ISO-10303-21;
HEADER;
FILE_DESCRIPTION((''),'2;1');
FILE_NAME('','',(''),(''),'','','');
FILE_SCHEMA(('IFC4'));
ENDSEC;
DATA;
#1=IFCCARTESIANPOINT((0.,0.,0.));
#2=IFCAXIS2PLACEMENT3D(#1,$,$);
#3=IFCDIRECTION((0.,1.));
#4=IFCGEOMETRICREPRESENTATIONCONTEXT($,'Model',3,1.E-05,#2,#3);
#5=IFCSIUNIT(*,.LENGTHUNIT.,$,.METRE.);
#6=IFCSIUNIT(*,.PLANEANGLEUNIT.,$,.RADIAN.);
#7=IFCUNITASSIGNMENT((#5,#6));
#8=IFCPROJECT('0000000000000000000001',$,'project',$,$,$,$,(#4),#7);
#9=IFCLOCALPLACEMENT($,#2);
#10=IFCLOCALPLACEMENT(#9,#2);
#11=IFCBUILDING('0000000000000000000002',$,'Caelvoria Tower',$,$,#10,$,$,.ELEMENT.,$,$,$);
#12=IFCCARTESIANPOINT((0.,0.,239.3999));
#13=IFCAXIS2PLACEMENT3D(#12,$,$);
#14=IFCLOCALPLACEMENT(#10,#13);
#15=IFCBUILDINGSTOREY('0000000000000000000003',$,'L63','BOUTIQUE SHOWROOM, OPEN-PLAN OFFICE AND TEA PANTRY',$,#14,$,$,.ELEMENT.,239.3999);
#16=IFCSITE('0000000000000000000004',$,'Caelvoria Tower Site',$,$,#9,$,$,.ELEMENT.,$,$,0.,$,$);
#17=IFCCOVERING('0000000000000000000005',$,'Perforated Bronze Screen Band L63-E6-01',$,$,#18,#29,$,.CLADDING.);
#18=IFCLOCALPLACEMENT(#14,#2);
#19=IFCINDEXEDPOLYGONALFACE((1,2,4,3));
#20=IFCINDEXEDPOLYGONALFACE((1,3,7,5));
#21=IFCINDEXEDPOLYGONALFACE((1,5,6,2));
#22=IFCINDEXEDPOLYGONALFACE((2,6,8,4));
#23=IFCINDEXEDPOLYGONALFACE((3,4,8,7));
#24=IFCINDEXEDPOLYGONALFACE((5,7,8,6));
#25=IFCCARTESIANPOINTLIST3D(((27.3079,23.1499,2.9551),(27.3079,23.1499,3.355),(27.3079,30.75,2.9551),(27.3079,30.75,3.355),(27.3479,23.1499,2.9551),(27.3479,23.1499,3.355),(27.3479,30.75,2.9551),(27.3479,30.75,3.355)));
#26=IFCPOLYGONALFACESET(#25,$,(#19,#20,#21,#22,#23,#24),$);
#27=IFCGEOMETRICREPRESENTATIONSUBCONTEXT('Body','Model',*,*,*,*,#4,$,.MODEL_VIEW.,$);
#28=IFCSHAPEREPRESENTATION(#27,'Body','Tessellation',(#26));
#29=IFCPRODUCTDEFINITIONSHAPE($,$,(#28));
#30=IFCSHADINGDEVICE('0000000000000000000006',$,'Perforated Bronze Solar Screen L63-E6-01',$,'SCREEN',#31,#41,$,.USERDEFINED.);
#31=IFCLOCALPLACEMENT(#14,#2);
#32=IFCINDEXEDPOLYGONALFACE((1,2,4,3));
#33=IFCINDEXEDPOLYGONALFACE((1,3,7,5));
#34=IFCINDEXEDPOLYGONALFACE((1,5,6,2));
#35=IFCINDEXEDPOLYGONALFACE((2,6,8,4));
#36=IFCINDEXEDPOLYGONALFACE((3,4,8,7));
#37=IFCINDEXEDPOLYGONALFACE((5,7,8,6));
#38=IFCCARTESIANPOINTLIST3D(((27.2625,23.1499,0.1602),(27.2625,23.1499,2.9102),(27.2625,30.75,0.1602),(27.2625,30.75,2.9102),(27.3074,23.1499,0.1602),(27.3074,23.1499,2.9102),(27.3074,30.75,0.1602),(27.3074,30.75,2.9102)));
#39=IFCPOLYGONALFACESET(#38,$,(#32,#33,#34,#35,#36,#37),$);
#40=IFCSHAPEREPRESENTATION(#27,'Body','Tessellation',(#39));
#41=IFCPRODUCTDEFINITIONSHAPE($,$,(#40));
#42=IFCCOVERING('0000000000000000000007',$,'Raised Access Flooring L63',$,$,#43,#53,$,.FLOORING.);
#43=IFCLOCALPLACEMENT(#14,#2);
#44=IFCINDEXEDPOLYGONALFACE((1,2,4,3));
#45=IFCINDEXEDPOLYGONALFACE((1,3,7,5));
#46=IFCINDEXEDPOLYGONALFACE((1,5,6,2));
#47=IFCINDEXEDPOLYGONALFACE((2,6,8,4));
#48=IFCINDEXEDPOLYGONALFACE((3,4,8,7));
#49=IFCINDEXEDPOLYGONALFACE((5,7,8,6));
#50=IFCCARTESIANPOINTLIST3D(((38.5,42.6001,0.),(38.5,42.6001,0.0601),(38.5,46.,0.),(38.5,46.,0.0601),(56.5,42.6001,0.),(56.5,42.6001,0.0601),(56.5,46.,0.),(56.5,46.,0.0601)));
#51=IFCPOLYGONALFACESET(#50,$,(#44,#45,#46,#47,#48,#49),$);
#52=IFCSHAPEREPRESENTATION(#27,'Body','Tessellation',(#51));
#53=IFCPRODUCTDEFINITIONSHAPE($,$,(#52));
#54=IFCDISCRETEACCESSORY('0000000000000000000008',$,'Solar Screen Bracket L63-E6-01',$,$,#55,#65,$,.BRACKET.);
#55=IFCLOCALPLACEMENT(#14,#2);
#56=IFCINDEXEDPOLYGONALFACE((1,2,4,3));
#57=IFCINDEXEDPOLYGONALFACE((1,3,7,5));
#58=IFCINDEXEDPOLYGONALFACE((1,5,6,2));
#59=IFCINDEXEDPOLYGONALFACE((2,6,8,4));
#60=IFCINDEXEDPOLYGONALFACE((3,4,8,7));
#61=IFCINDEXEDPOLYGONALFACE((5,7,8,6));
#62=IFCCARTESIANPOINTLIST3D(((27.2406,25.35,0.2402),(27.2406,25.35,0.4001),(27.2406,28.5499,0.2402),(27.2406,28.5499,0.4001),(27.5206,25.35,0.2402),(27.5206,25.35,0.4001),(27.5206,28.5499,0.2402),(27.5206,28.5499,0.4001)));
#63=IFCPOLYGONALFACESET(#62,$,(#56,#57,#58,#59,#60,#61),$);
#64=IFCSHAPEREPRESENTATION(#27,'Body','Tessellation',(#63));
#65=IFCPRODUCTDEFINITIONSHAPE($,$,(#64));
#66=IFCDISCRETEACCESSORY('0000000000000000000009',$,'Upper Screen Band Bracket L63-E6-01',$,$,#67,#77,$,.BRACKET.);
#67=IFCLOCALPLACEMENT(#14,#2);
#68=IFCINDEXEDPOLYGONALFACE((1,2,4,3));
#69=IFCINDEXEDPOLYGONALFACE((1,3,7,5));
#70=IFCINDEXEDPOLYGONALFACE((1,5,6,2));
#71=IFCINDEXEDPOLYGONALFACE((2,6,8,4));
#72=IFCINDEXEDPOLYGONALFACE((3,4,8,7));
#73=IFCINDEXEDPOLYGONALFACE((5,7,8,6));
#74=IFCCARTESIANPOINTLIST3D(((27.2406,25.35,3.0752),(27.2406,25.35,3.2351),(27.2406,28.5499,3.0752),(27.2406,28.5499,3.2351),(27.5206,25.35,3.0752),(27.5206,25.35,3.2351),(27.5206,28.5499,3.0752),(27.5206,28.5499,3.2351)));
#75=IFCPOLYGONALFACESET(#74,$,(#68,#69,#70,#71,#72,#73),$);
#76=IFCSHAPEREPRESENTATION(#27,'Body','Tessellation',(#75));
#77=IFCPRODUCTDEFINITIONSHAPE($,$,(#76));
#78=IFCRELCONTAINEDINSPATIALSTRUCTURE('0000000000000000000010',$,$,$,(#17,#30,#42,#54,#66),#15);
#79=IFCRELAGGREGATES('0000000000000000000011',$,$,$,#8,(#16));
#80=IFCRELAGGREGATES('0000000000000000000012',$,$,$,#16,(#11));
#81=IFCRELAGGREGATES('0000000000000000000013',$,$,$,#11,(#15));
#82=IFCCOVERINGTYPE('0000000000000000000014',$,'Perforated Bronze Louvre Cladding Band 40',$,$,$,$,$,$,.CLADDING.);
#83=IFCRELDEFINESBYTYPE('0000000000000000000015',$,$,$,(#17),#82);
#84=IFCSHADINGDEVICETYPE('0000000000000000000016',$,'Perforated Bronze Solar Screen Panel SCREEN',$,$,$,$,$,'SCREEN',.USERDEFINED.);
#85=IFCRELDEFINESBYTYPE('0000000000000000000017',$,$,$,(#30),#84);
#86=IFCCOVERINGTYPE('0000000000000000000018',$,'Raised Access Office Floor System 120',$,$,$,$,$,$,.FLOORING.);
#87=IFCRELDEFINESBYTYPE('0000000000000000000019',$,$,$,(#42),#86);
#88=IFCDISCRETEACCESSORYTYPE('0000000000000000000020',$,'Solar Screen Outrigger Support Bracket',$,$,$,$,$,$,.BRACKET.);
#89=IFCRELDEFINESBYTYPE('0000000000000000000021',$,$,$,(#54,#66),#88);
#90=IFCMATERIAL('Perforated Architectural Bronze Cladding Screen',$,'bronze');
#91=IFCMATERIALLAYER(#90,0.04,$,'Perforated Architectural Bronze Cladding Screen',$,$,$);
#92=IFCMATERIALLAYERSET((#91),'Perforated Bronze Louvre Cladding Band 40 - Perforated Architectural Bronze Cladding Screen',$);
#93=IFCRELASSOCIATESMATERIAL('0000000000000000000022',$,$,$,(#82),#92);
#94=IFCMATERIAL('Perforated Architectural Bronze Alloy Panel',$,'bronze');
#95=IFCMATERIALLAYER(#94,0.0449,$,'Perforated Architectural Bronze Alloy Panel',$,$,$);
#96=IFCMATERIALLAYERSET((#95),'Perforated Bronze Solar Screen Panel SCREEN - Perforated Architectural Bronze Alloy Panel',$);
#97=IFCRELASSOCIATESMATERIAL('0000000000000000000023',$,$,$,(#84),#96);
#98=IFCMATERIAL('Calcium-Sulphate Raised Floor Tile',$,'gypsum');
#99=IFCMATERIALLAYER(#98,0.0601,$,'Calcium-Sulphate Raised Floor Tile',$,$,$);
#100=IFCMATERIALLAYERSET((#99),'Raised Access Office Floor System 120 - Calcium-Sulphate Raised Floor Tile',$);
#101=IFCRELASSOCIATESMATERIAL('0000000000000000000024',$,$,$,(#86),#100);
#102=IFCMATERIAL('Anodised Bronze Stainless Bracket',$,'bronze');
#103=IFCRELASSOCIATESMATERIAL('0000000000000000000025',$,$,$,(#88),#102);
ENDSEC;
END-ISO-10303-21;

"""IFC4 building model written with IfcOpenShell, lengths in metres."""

from ifc_helpers import new_model, si_unit, direction, frame, origin, origin_2d, place, context, subcontext, project, spatial, polyline, rectangle, outline, extrude, material, layer, layer_set, type_object, element, save


model = new_model("IFC4")

# Units and contexts
model_context = context("Model", 3, precision=1e-05, world=origin(), true_north=direction((0.0, 1.0)))
body_context = subcontext(model_context, "Body", "Model", "MODEL_VIEW")
ifc_project = project(units=[si_unit("LENGTHUNIT", "METRE"), si_unit("PLANEANGLEUNIT", "RADIAN")], contexts=[model_context])

# Site, building, storey
site_placement = place(None, origin())
site = spatial("IfcSite", under=ifc_project, at=site_placement, Name="Caelvoria Tower Site", CompositionType="ELEMENT", RefElevation=0.0)
building_placement = place(site_placement, origin())
building = spatial("IfcBuilding", under=site, at=building_placement, Name="Caelvoria Tower", CompositionType="ELEMENT")
storey_placement = place(building_placement, frame((0.0, 0.0, 239.3999)))
storey = spatial("IfcBuildingStorey", under=building, at=storey_placement, Name="L63", Description="BOUTIQUE SHOWROOM, OPEN-PLAN OFFICE AND TEA PANTRY", CompositionType="ELEMENT", Elevation=239.3999)

# Covering
ifc_material_1 = material(Name="Perforated Architectural Bronze Cladding Screen", Category="bronze")
ifc_layer_1 = layer(ifc_material_1, 0.04, Name="Perforated Architectural Bronze Cladding Screen")
ifc_layer_set_1 = layer_set([ifc_layer_1], Name="Perforated Bronze Louvre Cladding Band 40 - Perforated Architectural Bronze Cladding Screen")
covering_type_1 = type_object("IfcCoveringType", Name="Perforated Bronze Louvre Cladding Band 40", PredefinedType="CLADDING", material=ifc_layer_set_1)
covering_1_placement = place(storey_placement, frame((27.3279, 26.95, 2.9551), z_axis=(0.0, 0.0, 1.0), x_axis=(0.0, -1.0, 0.0)))
element("IfcCovering", 1, at=covering_1_placement, inside=storey, type_object=covering_type_1, Name="Perforated Bronze Screen Band L63-E6-01", PredefinedType="CLADDING", context=body_context, shape_type="SweptSolid", body=[
    extrude(rectangle(XDim=7.6001, YDim=0.04, at=origin_2d()), origin(), (0.0, 0.0, 1.0), 0.3999),
])

# Shading device
ifc_material_2 = material(Name="Perforated Architectural Bronze Alloy Panel", Category="bronze")
ifc_layer_2 = layer(ifc_material_2, 0.0449, Name="Perforated Architectural Bronze Alloy Panel")
ifc_layer_set_2 = layer_set([ifc_layer_2], Name="Perforated Bronze Solar Screen Panel SCREEN - Perforated Architectural Bronze Alloy Panel")
shading_device_type = type_object("IfcShadingDeviceType", Name="Perforated Bronze Solar Screen Panel SCREEN", ElementType="SCREEN", PredefinedType="USERDEFINED", material=ifc_layer_set_2)
shading_device_placement = place(storey_placement, frame((27.2849, 26.95, 0.1602), z_axis=(0.0, 0.0, 1.0), x_axis=(0.0, -1.0, 0.0)))
element("IfcShadingDevice", 2, at=shading_device_placement, inside=storey, type_object=shading_device_type, Name="Perforated Bronze Solar Screen L63-E6-01", ObjectType="SCREEN", PredefinedType="USERDEFINED", context=body_context, shape_type="SweptSolid", body=[
    extrude(rectangle(XDim=7.6001, YDim=0.0449, at=origin_2d()), origin(), (0.0, 0.0, 1.0), 2.75),
])

# Covering
ifc_material_3 = material(Name="Calcium-Sulphate Raised Floor Tile", Category="gypsum")
ifc_layer_3 = layer(ifc_material_3, 0.0601, Name="Calcium-Sulphate Raised Floor Tile")
ifc_layer_set_3 = layer_set([ifc_layer_3], Name="Raised Access Office Floor System 120 - Calcium-Sulphate Raised Floor Tile")
covering_type_2 = type_object("IfcCoveringType", Name="Raised Access Office Floor System 120", PredefinedType="FLOORING", material=ifc_layer_set_3)
covering_2_placement = place(storey_placement, origin())
element("IfcCovering", 3, at=covering_2_placement, inside=storey, type_object=covering_type_2, Name="Raised Access Flooring L63", PredefinedType="FLOORING", context=body_context, shape_type="SweptSolid", body=[
    extrude(outline(polyline([(38.5, 42.6001), (56.5, 42.6001), (56.5, 46.0), (38.5, 46.0), (38.5, 42.6001)])), origin(), (0.0, 0.0, 1.0), 0.0601),
])

# Discrete accessories
ifc_material_4 = material(Name="Anodised Bronze Stainless Bracket", Category="bronze")
discrete_accessory_type = type_object("IfcDiscreteAccessoryType", Name="Solar Screen Outrigger Support Bracket", PredefinedType="BRACKET", material=ifc_material_4)
for number, where, z_axis, x_axis, name in (
    (4, (27.3806, 26.95, 0.2402), (0.0, 0.0, 1.0), (0.0, -1.0, 0.0), "Solar Screen Bracket L63-E6-01"),
    (5, (27.3806, 26.95, 3.0752), (0.0, 0.0, 1.0), (0.0, -1.0, 0.0), "Upper Screen Band Bracket L63-E6-01"),
):
    element("IfcDiscreteAccessory", number, at=place(storey_placement, frame(where, z_axis=z_axis, x_axis=x_axis)), inside=storey, type_object=discrete_accessory_type, Name=name, PredefinedType="BRACKET", context=body_context, shape_type="SweptSolid", body=[
        extrude(rectangle(XDim=3.2, YDim=0.28, at=origin_2d()), origin(), (0.0, 0.0, 1.0), 0.1599),
    ])

save(model, "model.ifc")
